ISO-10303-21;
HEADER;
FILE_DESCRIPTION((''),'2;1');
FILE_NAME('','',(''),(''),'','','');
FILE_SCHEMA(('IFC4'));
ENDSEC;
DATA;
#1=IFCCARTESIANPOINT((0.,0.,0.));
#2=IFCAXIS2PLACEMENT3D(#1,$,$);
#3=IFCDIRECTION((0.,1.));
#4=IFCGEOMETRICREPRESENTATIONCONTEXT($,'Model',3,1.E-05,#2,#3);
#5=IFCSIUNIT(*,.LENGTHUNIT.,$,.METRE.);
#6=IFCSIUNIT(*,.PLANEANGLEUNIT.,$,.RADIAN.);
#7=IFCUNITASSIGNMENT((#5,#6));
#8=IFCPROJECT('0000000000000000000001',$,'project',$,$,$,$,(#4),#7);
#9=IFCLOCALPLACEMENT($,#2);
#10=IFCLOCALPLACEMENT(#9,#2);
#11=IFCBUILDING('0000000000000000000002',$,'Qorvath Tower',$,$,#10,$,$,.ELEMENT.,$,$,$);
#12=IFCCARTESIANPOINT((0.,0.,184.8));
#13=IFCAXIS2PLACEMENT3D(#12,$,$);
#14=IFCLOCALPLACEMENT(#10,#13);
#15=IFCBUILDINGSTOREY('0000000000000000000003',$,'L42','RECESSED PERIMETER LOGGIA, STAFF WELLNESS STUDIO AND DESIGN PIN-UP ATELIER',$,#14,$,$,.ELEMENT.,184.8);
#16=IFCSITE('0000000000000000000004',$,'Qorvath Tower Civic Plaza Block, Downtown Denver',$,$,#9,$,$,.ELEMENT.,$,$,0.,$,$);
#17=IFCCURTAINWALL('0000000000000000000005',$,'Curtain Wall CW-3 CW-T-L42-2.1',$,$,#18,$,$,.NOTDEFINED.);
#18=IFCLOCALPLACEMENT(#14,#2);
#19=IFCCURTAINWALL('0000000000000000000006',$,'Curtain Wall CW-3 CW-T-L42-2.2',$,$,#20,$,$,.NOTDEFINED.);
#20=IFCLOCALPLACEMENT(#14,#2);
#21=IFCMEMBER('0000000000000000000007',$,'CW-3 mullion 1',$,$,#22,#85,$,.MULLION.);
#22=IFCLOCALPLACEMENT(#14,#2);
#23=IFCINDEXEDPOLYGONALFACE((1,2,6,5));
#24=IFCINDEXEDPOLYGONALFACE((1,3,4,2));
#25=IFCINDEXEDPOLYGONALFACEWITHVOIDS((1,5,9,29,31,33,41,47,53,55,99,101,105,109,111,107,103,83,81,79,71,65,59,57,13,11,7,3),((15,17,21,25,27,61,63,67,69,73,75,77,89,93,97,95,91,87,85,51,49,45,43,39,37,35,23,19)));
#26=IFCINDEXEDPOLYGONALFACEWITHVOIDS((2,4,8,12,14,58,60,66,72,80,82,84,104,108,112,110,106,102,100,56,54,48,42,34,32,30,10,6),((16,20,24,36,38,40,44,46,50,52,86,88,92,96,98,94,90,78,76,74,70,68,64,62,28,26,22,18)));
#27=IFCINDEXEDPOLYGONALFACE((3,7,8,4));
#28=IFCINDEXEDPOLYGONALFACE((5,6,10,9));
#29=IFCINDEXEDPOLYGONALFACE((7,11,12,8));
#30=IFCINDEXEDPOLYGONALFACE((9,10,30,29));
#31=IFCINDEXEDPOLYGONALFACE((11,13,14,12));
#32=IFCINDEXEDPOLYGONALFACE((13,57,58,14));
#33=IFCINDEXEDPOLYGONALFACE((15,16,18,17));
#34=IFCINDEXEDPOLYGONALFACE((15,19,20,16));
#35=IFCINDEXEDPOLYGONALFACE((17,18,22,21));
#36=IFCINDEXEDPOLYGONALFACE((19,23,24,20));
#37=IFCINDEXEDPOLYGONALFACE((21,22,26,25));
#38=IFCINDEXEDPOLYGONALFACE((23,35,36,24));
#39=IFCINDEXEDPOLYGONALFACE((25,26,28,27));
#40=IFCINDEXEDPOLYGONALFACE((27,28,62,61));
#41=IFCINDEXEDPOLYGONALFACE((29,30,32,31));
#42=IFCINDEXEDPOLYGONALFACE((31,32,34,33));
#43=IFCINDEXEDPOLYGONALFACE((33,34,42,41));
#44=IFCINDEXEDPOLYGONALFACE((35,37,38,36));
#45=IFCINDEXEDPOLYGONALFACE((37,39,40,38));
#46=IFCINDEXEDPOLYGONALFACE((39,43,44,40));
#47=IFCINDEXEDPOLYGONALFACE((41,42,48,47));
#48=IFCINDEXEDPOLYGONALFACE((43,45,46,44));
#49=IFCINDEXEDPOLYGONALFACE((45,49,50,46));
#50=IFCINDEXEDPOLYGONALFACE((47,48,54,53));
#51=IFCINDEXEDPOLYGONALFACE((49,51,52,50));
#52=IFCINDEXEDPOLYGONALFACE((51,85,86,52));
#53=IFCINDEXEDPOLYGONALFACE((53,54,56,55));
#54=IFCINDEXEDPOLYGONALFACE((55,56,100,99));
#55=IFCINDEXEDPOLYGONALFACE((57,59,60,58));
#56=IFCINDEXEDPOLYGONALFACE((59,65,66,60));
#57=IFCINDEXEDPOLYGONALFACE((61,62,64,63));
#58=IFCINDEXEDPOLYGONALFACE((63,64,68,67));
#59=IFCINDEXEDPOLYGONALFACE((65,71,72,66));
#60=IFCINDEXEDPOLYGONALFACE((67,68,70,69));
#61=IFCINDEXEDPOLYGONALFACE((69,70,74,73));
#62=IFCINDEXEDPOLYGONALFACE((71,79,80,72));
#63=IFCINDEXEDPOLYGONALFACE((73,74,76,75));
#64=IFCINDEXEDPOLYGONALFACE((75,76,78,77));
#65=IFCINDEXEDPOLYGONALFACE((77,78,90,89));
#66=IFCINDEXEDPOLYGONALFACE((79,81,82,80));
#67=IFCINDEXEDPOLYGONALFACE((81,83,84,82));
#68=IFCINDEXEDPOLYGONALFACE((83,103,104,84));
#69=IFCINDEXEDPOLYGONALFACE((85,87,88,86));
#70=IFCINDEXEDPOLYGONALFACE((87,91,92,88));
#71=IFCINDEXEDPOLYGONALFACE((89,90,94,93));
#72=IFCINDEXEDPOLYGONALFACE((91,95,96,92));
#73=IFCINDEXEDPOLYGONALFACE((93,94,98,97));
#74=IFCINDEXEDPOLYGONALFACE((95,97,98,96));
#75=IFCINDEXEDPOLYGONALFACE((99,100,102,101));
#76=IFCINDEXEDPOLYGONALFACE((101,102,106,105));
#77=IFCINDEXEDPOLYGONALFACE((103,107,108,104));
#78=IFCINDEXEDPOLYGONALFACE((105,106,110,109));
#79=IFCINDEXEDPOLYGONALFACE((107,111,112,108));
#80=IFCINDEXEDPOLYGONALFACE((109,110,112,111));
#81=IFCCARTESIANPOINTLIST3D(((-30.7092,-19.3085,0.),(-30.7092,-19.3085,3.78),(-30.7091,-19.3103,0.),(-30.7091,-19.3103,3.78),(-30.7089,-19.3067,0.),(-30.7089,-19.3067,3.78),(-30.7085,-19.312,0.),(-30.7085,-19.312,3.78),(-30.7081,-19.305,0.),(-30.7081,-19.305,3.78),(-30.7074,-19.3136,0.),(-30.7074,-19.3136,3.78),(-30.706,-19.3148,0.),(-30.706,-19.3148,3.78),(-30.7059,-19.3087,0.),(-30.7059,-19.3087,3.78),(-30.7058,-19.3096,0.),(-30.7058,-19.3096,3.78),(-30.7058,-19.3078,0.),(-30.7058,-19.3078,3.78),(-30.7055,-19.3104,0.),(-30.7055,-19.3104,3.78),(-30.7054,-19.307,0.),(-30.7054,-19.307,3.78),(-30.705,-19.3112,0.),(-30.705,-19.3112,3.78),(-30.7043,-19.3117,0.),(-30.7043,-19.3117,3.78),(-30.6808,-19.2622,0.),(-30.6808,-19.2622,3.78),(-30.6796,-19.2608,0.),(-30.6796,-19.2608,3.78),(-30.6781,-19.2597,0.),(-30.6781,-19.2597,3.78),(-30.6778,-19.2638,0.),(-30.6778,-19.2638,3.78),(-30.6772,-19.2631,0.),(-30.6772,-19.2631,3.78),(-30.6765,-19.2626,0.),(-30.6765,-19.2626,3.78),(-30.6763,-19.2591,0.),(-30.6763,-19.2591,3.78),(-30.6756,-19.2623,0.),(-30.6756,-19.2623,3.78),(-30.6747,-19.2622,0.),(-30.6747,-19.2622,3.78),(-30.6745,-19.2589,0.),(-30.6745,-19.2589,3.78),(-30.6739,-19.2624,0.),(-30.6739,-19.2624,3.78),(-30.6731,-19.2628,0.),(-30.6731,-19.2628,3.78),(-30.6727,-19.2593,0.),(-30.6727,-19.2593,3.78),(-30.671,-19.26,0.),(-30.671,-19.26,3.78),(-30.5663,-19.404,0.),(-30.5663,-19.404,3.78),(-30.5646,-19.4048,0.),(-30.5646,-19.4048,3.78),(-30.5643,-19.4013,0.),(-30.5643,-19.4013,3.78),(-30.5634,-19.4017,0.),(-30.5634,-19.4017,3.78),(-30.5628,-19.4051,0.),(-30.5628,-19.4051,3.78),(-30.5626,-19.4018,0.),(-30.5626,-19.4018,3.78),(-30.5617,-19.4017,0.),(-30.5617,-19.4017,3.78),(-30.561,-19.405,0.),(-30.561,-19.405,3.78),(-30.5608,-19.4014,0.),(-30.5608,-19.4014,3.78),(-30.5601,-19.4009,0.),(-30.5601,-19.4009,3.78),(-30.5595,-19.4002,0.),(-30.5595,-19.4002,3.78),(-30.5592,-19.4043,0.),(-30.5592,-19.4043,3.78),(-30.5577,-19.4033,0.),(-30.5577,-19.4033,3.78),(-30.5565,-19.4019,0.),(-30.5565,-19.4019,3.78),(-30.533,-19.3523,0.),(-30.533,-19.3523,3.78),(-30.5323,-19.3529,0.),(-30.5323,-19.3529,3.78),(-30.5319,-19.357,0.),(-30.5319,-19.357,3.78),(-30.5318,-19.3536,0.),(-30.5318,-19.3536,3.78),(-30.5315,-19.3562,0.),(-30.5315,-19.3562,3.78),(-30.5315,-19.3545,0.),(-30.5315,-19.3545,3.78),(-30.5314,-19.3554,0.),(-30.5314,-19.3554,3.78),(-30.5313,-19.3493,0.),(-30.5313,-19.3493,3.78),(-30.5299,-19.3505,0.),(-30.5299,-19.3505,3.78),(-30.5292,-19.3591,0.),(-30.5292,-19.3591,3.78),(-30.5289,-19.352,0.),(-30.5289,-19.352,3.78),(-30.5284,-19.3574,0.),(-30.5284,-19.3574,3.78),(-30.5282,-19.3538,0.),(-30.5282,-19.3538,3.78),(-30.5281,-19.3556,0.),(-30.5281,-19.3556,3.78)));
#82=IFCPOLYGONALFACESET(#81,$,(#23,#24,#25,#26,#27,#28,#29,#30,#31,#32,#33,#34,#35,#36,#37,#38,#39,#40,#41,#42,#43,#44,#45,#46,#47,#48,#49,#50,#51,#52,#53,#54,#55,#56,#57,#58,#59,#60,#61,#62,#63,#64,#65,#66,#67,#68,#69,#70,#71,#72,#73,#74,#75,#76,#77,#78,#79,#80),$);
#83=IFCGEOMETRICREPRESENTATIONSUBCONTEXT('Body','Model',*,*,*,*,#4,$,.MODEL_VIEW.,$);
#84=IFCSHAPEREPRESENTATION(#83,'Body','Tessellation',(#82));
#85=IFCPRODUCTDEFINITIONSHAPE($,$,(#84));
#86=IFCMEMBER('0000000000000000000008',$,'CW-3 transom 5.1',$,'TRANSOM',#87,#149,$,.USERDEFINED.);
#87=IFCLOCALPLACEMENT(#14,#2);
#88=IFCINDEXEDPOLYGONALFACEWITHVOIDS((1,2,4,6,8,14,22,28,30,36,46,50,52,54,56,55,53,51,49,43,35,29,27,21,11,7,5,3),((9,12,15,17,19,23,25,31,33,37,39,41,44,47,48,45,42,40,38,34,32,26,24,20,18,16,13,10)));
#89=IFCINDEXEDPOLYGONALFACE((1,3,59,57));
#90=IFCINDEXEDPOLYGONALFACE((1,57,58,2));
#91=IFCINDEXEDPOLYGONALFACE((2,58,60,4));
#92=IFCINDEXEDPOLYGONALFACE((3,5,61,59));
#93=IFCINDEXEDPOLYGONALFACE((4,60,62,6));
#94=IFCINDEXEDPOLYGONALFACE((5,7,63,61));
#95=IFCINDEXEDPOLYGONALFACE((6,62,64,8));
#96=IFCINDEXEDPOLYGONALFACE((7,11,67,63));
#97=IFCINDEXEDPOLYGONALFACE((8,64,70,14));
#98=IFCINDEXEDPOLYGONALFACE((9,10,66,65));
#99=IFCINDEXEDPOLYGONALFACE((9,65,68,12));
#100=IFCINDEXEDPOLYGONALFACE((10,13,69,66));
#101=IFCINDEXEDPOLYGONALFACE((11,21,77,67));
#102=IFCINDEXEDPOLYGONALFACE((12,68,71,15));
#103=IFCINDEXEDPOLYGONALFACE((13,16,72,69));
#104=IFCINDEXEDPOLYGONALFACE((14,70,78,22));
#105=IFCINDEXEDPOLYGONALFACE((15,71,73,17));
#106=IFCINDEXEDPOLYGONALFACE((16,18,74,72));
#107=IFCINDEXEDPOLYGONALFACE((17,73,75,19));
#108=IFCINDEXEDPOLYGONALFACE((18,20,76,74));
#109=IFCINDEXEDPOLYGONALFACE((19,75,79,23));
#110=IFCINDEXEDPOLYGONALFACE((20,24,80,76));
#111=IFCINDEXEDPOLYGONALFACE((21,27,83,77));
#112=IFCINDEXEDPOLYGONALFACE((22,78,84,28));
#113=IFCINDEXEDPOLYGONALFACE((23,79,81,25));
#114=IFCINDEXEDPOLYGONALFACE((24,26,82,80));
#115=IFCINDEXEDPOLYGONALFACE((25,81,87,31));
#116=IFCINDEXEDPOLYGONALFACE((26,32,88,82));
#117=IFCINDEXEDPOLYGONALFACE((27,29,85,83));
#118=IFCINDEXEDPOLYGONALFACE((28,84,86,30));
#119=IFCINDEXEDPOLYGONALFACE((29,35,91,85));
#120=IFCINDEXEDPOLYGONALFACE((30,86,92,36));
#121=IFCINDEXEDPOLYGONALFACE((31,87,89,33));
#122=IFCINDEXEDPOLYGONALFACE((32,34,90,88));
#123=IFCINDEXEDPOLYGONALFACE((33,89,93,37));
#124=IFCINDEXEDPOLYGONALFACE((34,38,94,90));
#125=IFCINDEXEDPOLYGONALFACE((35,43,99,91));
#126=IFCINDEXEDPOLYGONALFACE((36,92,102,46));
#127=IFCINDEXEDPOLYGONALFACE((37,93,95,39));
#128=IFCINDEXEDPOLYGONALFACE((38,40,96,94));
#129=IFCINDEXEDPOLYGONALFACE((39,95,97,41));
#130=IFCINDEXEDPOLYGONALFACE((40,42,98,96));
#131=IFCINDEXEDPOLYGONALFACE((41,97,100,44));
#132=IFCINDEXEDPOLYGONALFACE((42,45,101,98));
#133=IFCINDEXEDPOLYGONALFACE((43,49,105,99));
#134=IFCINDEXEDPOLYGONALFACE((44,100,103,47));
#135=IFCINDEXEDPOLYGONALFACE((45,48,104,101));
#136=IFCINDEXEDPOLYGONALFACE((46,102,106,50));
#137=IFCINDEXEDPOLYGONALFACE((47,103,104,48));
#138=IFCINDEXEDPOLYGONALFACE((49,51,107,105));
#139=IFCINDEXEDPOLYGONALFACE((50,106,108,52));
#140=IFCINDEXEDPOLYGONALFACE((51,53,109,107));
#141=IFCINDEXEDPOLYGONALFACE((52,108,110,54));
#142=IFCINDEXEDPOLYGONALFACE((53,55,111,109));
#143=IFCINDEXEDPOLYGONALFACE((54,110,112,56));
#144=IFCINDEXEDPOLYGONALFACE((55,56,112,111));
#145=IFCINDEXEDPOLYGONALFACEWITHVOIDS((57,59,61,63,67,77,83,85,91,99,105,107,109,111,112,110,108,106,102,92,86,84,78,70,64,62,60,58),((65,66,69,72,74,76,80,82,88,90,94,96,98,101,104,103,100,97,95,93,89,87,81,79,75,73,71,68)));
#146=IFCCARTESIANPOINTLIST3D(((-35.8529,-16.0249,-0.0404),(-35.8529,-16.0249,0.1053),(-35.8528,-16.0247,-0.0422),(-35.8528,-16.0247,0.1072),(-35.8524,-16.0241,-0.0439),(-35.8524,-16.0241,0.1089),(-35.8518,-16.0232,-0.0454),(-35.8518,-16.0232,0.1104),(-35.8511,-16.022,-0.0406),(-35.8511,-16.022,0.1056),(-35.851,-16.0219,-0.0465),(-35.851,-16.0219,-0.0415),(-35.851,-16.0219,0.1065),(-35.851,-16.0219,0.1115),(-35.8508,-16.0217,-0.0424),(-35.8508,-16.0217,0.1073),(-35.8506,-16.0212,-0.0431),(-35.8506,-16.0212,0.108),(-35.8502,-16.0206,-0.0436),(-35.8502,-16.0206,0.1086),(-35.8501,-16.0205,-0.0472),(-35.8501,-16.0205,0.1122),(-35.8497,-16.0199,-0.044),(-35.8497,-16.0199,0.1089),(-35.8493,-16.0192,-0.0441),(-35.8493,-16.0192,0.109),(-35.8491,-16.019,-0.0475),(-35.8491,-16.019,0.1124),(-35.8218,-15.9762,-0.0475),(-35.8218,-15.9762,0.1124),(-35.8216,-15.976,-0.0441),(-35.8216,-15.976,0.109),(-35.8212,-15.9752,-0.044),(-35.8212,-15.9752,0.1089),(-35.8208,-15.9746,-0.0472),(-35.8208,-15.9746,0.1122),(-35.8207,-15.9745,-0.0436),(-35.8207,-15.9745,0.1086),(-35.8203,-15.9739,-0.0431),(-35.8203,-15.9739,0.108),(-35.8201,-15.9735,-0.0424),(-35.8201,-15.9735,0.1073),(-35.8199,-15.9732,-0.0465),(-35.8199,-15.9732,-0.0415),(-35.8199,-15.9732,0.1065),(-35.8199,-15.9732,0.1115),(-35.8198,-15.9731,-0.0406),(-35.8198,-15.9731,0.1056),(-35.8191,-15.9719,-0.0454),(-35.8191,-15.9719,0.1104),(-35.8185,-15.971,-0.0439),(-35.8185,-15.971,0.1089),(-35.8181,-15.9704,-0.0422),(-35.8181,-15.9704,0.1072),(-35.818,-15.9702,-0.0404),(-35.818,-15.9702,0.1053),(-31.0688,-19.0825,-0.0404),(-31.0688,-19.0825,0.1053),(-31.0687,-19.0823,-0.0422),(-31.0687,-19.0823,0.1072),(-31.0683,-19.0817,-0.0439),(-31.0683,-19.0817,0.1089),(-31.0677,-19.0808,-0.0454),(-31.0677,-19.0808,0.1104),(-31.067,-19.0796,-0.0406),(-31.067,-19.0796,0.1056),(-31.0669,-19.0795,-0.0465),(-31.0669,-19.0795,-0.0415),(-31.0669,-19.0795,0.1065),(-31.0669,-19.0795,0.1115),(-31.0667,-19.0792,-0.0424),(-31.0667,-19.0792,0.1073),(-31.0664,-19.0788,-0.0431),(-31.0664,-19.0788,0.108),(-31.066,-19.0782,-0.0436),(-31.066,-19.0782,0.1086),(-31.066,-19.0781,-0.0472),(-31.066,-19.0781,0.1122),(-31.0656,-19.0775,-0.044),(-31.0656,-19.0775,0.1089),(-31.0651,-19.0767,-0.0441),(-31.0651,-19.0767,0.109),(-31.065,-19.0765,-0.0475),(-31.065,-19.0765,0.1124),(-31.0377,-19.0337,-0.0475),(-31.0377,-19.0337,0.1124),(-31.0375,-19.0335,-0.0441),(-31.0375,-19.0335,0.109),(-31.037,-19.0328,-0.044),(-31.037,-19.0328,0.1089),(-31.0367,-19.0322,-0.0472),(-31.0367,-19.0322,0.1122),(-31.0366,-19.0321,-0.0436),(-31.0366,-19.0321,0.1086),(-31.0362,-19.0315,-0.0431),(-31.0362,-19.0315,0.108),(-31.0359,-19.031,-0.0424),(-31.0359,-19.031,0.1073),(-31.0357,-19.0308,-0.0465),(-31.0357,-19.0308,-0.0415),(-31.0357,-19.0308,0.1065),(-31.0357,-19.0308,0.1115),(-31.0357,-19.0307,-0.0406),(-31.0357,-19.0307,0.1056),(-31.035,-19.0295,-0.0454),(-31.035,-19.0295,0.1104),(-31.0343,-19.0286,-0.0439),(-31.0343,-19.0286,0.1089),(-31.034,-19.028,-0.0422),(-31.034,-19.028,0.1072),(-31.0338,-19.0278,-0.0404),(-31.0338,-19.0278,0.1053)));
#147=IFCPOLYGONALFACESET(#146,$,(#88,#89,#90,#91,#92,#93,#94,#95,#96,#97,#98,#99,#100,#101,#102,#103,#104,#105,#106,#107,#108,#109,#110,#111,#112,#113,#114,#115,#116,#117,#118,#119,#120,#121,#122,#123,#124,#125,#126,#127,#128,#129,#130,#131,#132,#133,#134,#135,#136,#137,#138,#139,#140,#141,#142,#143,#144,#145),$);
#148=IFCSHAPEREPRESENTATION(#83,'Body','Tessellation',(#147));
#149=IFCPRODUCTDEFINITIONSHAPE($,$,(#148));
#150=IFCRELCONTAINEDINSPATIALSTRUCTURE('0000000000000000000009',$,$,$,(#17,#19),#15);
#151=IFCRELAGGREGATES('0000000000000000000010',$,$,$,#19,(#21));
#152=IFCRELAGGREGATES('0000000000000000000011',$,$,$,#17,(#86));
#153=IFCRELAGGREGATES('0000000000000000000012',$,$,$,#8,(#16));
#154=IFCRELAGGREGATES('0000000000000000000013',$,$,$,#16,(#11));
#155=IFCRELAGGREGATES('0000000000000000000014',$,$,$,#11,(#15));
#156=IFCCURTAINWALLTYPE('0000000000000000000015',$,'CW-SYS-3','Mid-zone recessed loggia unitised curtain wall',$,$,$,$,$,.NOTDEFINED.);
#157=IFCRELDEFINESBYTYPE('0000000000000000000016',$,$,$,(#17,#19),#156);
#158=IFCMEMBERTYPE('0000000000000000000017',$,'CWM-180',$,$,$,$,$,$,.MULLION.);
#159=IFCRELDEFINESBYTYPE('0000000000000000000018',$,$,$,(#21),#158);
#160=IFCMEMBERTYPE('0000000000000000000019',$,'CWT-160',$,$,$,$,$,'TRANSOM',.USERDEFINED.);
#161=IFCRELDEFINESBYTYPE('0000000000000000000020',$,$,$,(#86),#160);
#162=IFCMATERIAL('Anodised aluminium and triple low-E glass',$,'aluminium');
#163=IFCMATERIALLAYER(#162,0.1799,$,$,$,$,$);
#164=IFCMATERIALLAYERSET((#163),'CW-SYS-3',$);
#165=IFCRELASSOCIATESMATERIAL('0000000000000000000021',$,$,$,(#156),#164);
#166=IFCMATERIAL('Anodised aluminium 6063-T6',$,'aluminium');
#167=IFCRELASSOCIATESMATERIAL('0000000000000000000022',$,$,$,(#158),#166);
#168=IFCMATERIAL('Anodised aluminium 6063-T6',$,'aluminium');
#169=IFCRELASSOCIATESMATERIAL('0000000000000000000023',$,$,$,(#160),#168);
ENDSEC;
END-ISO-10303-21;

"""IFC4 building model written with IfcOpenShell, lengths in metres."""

from ifc_helpers import new_model, si_unit, direction, frame, origin, origin_2d, place, context, subcontext, project, spatial, hollow_rectangle, extrude, material, layer, layer_set, material_profile, profile_set, type_object, element, aggregate, save


model = new_model("IFC4")

# Units and contexts
model_context = context("Model", 3, precision=1e-05, world=origin(), true_north=direction((0.0, 1.0)))
body_context = subcontext(model_context, "Body", "Model", "MODEL_VIEW")
ifc_project = project(units=[si_unit("LENGTHUNIT", "METRE"), si_unit("PLANEANGLEUNIT", "RADIAN")], contexts=[model_context])

# Site, building, storey
site_placement = place(None, origin())
site = spatial("IfcSite", under=ifc_project, at=site_placement, Name="Qorvath Tower Civic Plaza Block, Downtown Denver", CompositionType="ELEMENT", RefElevation=0.0)
building_placement = place(site_placement, origin())
building = spatial("IfcBuilding", under=site, at=building_placement, Name="Qorvath Tower", CompositionType="ELEMENT")
storey_placement = place(building_placement, frame((0.0, 0.0, 184.8)))
storey = spatial("IfcBuildingStorey", under=building, at=storey_placement, Name="L42", Description="RECESSED PERIMETER LOGGIA, STAFF WELLNESS STUDIO AND DESIGN PIN-UP ATELIER", CompositionType="ELEMENT", Elevation=184.8)

# Curtain wall
ifc_material_1 = material(Name="Anodised aluminium and triple low-E glass", Category="aluminium")
ifc_layer_1 = layer(ifc_material_1, 0.1799)
ifc_layer_set_1 = layer_set([ifc_layer_1], Name="CW-SYS-3")
curtain_wall_type = type_object("IfcCurtainWallType", Name="CW-SYS-3", Description="Mid-zone recessed loggia unitised curtain wall", PredefinedType="NOTDEFINED", material=ifc_layer_set_1)
curtain_wall_1_placement = place(storey_placement, origin())
curtain_wall_1 = element("IfcCurtainWall", 1, at=curtain_wall_1_placement, inside=storey, type_object=curtain_wall_type, Name="Curtain Wall CW-3 CW-T-L42-2.1", PredefinedType="NOTDEFINED")
ifc_material_2 = material(Name="Anodised aluminium 6063-T6", Category="aluminium")
ifc_material_profile_1 = material_profile(ifc_material_2, hollow_rectangle(XDim=0.0649, YDim=0.1799, WallThickness=0.0034, InnerFilletRadius=0.0034, OuterFilletRadius=0.0071, at=origin_2d()), Name="CWM 180x65")
ifc_profile_set_1 = profile_set([ifc_material_profile_1], Name="Anodised aluminium 6063-T6")
member_type_1 = type_object("IfcMemberType", Name="CWM-180", PredefinedType="MULLION", material=ifc_profile_set_1)

# Curtain wall, member
curtain_wall_2_placement = place(storey_placement, origin())
curtain_wall_2 = element("IfcCurtainWall", 2, at=curtain_wall_2_placement, inside=storey, type_object=curtain_wall_type, Name="Curtain Wall CW-3 CW-T-L42-2.2", PredefinedType="NOTDEFINED")
member_1_placement = place(storey_placement, frame((-30.6187, -19.332, 0.0), z_axis=(0.0, 0.0, 1.0), x_axis=(0.538531, 0.842606, 0.0)))
member_1 = element("IfcMember", 3, at=member_1_placement, type_object=member_type_1, Name="CW-3 mullion 1", PredefinedType="MULLION", context=body_context, shape_type="SweptSolid", body=[
    extrude(hollow_rectangle(XDim=0.0649, YDim=0.1799, WallThickness=0.0034, InnerFilletRadius=0.0034, OuterFilletRadius=0.0071, at=origin_2d()), origin(), (0.0, 0.0, 1.0), 3.78),
])
aggregate(curtain_wall_2, [member_1])

# Member
ifc_material_3 = material(Name="Anodised aluminium 6063-T6", Category="aluminium")
ifc_material_profile_2 = material_profile(ifc_material_3, hollow_rectangle(XDim=0.0649, YDim=0.1599, WallThickness=0.0034, InnerFilletRadius=0.0034, OuterFilletRadius=0.0071, at=origin_2d()), Name="CWT 160x65")
ifc_profile_set_2 = profile_set([ifc_material_profile_2], Name="Anodised aluminium 6063-T6")
member_type_2 = type_object("IfcMemberType", Name="CWT-160", ElementType="TRANSOM", PredefinedType="USERDEFINED", material=ifc_profile_set_2)
member_2_placement = place(storey_placement, frame((-35.8354, -15.9976, 0.0325), z_axis=(0.842612, -0.538522, 0.0), x_axis=(0.538522, 0.842612, 0.0)))
member_2 = element("IfcMember", 4, at=member_2_placement, type_object=member_type_2, Name="CW-3 transom 5.1", ObjectType="TRANSOM", PredefinedType="USERDEFINED", context=body_context, shape_type="SweptSolid", body=[
    extrude(hollow_rectangle(XDim=0.0649, YDim=0.1599, WallThickness=0.0034, InnerFilletRadius=0.0034, OuterFilletRadius=0.0071, at=origin_2d()), origin(), (0.0, 0.0, 1.0), 5.6777),
])

aggregate(curtain_wall_1, [member_2])

save(model, "model.ifc")
